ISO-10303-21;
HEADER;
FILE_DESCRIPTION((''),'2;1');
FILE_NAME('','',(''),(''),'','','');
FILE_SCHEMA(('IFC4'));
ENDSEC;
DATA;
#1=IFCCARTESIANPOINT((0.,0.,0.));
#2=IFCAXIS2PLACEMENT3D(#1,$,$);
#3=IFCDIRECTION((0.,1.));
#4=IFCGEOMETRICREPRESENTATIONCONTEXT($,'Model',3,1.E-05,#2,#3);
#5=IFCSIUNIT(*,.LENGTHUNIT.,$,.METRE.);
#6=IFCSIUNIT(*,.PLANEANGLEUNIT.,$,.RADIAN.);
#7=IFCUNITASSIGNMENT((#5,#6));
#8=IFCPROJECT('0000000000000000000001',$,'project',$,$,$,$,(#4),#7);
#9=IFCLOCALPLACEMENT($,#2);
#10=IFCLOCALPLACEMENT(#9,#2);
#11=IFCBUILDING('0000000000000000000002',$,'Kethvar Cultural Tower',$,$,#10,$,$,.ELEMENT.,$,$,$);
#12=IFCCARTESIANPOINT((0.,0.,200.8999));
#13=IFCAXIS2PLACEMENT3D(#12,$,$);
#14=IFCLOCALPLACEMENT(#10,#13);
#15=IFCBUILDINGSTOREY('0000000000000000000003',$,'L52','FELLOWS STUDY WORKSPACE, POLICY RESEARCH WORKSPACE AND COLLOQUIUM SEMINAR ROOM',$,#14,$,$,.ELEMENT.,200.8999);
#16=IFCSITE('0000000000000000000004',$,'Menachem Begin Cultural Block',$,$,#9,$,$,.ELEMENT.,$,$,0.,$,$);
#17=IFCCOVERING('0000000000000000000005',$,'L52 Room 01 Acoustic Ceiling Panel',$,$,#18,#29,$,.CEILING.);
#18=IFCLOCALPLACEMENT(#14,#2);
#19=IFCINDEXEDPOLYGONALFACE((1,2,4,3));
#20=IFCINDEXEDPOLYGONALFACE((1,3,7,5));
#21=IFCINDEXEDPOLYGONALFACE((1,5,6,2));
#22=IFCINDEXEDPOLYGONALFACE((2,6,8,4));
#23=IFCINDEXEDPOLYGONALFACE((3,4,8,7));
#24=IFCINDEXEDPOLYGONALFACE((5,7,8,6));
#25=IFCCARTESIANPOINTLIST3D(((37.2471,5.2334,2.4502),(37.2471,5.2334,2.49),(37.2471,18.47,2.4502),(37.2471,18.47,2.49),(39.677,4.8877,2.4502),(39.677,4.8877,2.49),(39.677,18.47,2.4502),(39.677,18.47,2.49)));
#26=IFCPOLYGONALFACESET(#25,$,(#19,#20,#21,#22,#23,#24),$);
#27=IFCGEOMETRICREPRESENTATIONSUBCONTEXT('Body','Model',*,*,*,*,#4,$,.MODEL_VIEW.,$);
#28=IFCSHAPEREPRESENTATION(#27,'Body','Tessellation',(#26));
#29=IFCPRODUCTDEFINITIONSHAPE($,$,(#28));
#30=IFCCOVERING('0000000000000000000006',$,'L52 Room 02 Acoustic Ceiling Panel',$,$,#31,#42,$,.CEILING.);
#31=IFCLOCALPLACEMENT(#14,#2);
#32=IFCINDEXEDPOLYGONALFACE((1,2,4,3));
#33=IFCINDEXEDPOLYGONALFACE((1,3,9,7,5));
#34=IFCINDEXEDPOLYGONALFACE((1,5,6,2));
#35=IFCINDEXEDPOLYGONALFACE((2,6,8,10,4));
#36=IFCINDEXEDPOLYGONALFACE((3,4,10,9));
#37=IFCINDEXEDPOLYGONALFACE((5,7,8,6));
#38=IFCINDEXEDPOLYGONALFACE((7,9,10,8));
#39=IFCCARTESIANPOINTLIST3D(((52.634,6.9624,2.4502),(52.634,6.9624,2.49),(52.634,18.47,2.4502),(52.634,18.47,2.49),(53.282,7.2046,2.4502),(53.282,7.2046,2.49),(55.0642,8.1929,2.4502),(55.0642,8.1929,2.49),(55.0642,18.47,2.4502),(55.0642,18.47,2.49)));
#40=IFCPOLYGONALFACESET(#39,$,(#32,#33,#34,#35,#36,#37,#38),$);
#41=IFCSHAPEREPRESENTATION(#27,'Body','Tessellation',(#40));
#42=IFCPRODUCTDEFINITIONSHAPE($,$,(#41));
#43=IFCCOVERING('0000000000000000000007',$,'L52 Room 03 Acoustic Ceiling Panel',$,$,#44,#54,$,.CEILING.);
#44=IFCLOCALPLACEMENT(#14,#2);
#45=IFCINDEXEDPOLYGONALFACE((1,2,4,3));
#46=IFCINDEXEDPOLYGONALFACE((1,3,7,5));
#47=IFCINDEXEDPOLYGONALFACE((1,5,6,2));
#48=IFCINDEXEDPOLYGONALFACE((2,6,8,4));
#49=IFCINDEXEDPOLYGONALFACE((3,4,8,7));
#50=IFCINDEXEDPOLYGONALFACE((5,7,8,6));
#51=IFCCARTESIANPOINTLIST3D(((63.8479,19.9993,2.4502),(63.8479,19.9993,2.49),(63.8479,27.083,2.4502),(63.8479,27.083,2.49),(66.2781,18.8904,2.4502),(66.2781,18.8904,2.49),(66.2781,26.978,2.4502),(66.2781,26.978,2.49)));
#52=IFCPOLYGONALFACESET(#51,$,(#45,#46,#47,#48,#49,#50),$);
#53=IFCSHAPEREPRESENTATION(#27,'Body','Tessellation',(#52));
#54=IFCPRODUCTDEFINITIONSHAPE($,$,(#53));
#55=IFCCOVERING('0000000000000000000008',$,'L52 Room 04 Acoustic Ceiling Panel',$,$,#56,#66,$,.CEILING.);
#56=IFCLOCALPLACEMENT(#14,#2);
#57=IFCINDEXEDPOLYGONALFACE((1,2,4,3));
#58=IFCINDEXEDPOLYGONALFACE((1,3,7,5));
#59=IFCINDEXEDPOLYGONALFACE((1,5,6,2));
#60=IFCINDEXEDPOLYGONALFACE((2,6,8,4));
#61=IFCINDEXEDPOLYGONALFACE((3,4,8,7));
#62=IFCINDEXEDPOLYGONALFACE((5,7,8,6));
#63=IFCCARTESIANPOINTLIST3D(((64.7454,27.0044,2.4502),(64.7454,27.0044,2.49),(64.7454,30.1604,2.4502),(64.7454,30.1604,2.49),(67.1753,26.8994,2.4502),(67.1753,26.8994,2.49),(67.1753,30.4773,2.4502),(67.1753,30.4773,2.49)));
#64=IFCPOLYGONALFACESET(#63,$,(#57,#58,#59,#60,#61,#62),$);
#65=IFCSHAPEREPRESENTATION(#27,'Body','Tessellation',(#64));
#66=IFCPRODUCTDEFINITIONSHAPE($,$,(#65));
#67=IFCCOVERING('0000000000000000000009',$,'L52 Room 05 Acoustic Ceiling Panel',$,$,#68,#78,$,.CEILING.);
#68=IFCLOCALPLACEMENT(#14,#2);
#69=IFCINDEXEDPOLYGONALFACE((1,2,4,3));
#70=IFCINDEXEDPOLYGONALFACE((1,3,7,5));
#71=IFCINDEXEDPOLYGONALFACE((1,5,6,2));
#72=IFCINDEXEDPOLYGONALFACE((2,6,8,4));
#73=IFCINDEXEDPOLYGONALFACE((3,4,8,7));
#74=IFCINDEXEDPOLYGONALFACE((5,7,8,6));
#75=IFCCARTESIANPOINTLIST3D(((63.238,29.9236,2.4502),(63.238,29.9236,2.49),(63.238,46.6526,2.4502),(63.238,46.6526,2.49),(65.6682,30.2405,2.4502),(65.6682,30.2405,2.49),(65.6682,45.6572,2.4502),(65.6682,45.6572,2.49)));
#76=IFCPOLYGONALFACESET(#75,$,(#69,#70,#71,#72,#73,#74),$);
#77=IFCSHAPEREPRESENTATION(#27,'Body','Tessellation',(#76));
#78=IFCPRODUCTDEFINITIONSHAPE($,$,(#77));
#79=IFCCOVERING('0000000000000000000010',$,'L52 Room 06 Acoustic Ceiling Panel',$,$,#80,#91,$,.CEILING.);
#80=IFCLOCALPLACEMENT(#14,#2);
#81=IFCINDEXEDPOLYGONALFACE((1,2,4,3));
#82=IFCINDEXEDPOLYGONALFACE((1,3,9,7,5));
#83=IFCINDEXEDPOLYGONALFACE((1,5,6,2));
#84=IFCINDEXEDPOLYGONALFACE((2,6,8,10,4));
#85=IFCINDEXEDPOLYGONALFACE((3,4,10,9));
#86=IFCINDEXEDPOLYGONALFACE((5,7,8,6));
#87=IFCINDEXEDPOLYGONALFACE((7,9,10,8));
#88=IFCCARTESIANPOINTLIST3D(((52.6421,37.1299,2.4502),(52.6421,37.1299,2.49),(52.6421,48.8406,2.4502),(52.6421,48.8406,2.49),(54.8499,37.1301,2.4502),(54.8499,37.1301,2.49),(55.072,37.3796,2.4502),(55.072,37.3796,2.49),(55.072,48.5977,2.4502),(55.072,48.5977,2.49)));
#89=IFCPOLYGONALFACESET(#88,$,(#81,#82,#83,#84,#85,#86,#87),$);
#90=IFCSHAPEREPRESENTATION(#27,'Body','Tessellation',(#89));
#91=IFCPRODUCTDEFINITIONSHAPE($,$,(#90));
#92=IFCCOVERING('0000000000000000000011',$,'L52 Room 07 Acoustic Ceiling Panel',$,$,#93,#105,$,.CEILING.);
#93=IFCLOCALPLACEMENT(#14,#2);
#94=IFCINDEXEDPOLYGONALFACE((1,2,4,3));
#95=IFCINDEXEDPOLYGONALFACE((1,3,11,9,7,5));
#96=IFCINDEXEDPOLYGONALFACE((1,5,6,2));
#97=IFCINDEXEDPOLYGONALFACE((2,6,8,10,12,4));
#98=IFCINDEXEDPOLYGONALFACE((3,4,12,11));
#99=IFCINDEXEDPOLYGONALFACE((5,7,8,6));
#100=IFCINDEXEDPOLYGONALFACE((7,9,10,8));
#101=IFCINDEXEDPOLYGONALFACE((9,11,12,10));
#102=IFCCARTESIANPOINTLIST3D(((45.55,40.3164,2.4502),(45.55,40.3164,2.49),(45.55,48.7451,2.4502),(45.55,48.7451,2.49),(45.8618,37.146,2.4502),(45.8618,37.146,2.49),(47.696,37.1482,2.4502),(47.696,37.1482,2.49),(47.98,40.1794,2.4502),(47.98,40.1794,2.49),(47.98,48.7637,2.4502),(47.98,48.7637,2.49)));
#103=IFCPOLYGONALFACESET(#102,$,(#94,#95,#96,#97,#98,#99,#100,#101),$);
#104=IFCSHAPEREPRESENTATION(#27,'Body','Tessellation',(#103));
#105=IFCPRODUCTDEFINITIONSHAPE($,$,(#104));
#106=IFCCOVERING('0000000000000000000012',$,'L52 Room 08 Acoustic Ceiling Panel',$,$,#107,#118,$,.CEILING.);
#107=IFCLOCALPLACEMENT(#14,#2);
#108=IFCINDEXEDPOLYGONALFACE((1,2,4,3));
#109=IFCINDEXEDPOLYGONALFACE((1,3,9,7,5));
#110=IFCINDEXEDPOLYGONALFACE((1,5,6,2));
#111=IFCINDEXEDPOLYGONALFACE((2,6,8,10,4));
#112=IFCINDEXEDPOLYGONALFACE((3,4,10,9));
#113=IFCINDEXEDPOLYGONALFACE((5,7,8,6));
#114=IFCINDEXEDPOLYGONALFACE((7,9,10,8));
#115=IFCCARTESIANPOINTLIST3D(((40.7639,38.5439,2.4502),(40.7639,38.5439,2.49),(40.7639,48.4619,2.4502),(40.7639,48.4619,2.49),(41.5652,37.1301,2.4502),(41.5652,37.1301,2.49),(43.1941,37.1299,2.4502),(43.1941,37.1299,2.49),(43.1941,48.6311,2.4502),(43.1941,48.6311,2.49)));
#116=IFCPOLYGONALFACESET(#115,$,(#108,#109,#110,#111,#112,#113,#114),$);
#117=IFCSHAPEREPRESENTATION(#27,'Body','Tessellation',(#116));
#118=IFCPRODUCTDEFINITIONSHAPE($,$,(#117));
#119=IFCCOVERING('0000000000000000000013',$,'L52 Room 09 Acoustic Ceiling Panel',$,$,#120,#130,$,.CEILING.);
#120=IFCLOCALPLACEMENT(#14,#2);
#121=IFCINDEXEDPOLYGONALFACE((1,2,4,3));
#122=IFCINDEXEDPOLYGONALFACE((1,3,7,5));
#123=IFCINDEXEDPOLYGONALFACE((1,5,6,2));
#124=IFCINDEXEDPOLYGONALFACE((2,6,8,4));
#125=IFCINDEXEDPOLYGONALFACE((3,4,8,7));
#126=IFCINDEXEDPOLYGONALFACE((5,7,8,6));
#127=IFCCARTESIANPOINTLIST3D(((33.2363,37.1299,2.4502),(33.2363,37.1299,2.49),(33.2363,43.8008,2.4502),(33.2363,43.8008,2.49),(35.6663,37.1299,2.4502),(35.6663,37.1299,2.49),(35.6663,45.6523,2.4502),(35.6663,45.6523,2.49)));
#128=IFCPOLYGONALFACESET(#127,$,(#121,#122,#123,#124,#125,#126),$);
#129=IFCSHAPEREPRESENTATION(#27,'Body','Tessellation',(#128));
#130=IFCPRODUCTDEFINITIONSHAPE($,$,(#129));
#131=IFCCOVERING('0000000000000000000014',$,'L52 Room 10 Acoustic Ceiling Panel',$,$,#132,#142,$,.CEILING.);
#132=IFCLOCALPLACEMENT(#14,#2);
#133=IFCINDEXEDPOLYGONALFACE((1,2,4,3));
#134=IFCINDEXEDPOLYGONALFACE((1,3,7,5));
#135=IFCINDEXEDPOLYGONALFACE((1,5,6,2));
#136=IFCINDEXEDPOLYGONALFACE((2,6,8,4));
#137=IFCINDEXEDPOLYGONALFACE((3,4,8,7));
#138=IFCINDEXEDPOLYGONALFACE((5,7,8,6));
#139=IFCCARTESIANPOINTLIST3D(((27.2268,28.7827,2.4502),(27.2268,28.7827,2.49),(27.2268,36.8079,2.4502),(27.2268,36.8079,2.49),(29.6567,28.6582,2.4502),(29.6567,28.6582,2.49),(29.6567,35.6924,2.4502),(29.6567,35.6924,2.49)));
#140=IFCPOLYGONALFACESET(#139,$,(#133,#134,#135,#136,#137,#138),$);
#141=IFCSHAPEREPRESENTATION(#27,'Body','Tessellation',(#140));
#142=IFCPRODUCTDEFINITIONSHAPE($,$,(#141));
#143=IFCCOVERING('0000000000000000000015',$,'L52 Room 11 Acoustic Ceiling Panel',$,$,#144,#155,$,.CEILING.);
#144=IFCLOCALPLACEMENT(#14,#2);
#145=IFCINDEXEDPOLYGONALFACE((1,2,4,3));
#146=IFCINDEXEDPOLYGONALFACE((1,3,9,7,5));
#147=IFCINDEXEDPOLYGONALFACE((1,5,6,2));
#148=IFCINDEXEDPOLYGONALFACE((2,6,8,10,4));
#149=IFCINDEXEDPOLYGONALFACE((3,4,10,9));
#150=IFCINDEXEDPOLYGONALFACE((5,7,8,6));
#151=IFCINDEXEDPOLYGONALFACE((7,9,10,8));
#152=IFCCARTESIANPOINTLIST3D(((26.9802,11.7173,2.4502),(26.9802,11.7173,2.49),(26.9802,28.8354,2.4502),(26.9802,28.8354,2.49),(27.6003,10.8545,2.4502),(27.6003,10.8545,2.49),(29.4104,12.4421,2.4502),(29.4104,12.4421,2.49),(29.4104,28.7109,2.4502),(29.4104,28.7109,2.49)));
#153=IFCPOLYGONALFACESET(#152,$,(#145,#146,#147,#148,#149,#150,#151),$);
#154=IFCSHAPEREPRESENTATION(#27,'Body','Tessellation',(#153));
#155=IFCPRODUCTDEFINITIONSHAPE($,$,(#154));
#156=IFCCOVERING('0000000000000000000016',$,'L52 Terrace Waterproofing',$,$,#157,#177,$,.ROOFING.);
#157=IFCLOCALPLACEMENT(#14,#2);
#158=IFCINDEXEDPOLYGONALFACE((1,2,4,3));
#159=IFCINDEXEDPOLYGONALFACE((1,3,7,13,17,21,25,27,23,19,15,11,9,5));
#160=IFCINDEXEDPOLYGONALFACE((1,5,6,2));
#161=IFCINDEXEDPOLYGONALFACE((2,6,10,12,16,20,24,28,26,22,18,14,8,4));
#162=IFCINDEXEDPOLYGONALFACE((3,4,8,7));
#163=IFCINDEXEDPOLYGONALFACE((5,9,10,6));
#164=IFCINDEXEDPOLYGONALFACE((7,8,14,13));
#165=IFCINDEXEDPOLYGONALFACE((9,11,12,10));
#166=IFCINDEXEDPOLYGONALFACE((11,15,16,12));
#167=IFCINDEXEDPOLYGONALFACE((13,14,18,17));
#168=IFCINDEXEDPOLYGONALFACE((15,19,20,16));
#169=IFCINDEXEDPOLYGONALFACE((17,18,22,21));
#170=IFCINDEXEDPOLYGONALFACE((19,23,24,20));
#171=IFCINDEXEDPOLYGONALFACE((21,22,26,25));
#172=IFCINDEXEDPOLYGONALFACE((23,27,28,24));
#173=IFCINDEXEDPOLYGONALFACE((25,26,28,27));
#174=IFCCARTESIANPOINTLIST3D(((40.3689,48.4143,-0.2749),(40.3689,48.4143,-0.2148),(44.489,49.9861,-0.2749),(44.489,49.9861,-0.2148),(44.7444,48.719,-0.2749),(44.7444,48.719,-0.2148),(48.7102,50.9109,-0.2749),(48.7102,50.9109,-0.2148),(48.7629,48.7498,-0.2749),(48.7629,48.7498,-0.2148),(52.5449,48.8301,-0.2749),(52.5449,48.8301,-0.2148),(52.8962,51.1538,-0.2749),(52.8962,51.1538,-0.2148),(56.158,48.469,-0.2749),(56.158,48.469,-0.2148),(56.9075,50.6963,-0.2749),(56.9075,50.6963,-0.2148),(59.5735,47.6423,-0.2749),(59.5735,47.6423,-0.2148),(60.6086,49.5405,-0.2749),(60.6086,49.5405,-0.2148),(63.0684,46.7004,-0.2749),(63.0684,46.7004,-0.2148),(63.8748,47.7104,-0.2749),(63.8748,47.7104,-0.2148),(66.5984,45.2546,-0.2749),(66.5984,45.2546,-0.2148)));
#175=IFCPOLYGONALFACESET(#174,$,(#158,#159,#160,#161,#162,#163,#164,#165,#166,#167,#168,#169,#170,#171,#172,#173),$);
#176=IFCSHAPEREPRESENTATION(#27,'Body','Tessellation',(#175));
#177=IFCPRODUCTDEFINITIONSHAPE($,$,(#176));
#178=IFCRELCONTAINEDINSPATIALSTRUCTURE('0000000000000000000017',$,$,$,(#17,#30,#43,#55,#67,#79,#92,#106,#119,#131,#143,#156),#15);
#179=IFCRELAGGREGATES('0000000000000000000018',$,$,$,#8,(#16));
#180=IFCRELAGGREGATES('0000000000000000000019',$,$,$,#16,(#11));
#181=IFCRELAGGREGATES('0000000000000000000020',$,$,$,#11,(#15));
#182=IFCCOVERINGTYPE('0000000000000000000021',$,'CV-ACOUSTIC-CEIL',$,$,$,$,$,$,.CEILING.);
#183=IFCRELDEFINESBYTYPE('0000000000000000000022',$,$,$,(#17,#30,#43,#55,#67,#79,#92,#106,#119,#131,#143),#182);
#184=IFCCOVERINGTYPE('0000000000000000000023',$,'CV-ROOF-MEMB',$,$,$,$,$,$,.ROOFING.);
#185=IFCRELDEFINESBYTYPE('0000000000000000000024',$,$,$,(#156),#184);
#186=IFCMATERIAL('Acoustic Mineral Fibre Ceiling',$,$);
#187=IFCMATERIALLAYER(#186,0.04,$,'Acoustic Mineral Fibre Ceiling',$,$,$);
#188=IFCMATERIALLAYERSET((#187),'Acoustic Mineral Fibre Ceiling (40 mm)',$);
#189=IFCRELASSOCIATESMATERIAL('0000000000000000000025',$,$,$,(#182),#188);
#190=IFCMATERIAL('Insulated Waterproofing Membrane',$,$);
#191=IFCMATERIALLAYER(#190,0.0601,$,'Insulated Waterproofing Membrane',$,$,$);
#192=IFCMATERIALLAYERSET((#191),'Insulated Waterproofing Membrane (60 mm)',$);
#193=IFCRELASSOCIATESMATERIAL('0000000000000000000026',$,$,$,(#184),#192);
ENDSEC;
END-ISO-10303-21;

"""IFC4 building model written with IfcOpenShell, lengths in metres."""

from ifc_helpers import new_model, si_unit, direction, frame, origin, place, context, subcontext, project, spatial, polyline, outline, extrude, material, layer, layer_set, type_object, element, save


model = new_model("IFC4")

# Units and contexts
model_context = context("Model", 3, precision=1e-05, world=origin(), true_north=direction((0.0, 1.0)))
body_context = subcontext(model_context, "Body", "Model", "MODEL_VIEW")
ifc_project = project(units=[si_unit("LENGTHUNIT", "METRE"), si_unit("PLANEANGLEUNIT", "RADIAN")], contexts=[model_context])

# Site, building, storey
site_placement = place(None, origin())
site = spatial("IfcSite", under=ifc_project, at=site_placement, Name="Menachem Begin Cultural Block", CompositionType="ELEMENT", RefElevation=0.0)
building_placement = place(site_placement, origin())
building = spatial("IfcBuilding", under=site, at=building_placement, Name="Kethvar Cultural Tower", CompositionType="ELEMENT")
storey_placement = place(building_placement, frame((0.0, 0.0, 200.8999)))
storey = spatial("IfcBuildingStorey", under=building, at=storey_placement, Name="L52", Description="FELLOWS STUDY WORKSPACE, POLICY RESEARCH WORKSPACE AND COLLOQUIUM SEMINAR ROOM", CompositionType="ELEMENT", Elevation=200.8999)

# Coverings
ifc_material_1 = material(Name="Acoustic Mineral Fibre Ceiling")
ifc_layer_1 = layer(ifc_material_1, 0.04, Name="Acoustic Mineral Fibre Ceiling")
ifc_layer_set_1 = layer_set([ifc_layer_1], Name="Acoustic Mineral Fibre Ceiling (40 mm)")
covering_type_1 = type_object("IfcCoveringType", Name="CV-ACOUSTIC-CEIL", PredefinedType="CEILING", material=ifc_layer_set_1)
covering_1_placement = place(storey_placement, frame((0.0, 0.0, 2.4502)))
element("IfcCovering", 1, at=covering_1_placement, inside=storey, type_object=covering_type_1, Name="L52 Room 01 Acoustic Ceiling Panel", PredefinedType="CEILING", context=body_context, shape_type="SweptSolid", body=[
    extrude(outline(polyline([(37.2471, 5.2334), (37.2471, 18.47), (39.677, 18.47), (39.677, 4.8877), (37.2471, 5.2334)])), origin(), (0.0, 0.0, 1.0), 0.0398),
])
covering_2_placement = place(storey_placement, frame((0.0, 0.0, 2.4502)))
element("IfcCovering", 2, at=covering_2_placement, inside=storey, type_object=covering_type_1, Name="L52 Room 02 Acoustic Ceiling Panel", PredefinedType="CEILING", context=body_context, shape_type="SweptSolid", body=[
    extrude(outline(polyline([(53.282, 7.2046), (52.634, 6.9624), (52.634, 18.47), (55.0642, 18.47), (55.0642, 8.1929), (53.282, 7.2046)])), origin(), (0.0, 0.0, 1.0), 0.0398),
])
covering_3_placement = place(storey_placement, frame((0.0, 0.0, 2.4502)))
element("IfcCovering", 3, at=covering_3_placement, inside=storey, type_object=covering_type_1, Name="L52 Room 03 Acoustic Ceiling Panel", PredefinedType="CEILING", context=body_context, shape_type="SweptSolid", body=[
    extrude(outline(polyline([(63.8479, 19.9993), (63.8479, 27.083), (66.2781, 26.978), (66.2781, 18.8904), (63.8479, 19.9993)])), origin(), (0.0, 0.0, 1.0), 0.0398),
])
covering_4_placement = place(storey_placement, frame((0.0, 0.0, 2.4502)))
element("IfcCovering", 4, at=covering_4_placement, inside=storey, type_object=covering_type_1, Name="L52 Room 04 Acoustic Ceiling Panel", PredefinedType="CEILING", context=body_context, shape_type="SweptSolid", body=[
    extrude(outline(polyline([(64.7454, 27.0044), (64.7454, 30.1604), (67.1753, 30.4773), (67.1753, 26.8994), (64.7454, 27.0044)])), origin(), (0.0, 0.0, 1.0), 0.0398),
])
covering_5_placement = place(storey_placement, frame((0.0, 0.0, 2.4502)))
element("IfcCovering", 5, at=covering_5_placement, inside=storey, type_object=covering_type_1, Name="L52 Room 05 Acoustic Ceiling Panel", PredefinedType="CEILING", context=body_context, shape_type="SweptSolid", body=[
    extrude(outline(polyline([(63.238, 29.9236), (63.238, 46.6526), (65.6682, 45.6572), (65.6682, 30.2405), (63.238, 29.9236)])), origin(), (0.0, 0.0, 1.0), 0.0398),
])
covering_6_placement = place(storey_placement, frame((0.0, 0.0, 2.4502)))
element("IfcCovering", 6, at=covering_6_placement, inside=storey, type_object=covering_type_1, Name="L52 Room 06 Acoustic Ceiling Panel", PredefinedType="CEILING", context=body_context, shape_type="SweptSolid", body=[
    extrude(outline(polyline([(55.072, 48.5977), (55.072, 37.3796), (54.8499, 37.1301), (52.6421, 37.1299), (52.6421, 48.8406), (55.072, 48.5977)])), origin(), (0.0, 0.0, 1.0), 0.0398),
])
covering_7_placement = place(storey_placement, frame((0.0, 0.0, 2.4502)))
element("IfcCovering", 7, at=covering_7_placement, inside=storey, type_object=covering_type_1, Name="L52 Room 07 Acoustic Ceiling Panel", PredefinedType="CEILING", context=body_context, shape_type="SweptSolid", body=[
    extrude(outline(polyline([(47.696, 37.1482), (45.8618, 37.146), (45.55, 40.3164), (45.55, 48.7451), (47.98, 48.7637), (47.98, 40.1794), (47.696, 37.1482)])), origin(), (0.0, 0.0, 1.0), 0.0398),
])
covering_8_placement = place(storey_placement, frame((0.0, 0.0, 2.4502)))
element("IfcCovering", 8, at=covering_8_placement, inside=storey, type_object=covering_type_1, Name="L52 Room 08 Acoustic Ceiling Panel", PredefinedType="CEILING", context=body_context, shape_type="SweptSolid", body=[
    extrude(outline(polyline([(43.1941, 48.6311), (43.1941, 37.1299), (41.5652, 37.1301), (40.7639, 38.5439), (40.7639, 48.4619), (43.1941, 48.6311)])), origin(), (0.0, 0.0, 1.0), 0.0398),
])
covering_9_placement = place(storey_placement, frame((0.0, 0.0, 2.4502)))
element("IfcCovering", 9, at=covering_9_placement, inside=storey, type_object=covering_type_1, Name="L52 Room 09 Acoustic Ceiling Panel", PredefinedType="CEILING", context=body_context, shape_type="SweptSolid", body=[
    extrude(outline(polyline([(35.6663, 45.6523), (35.6663, 37.1299), (33.2363, 37.1299), (33.2363, 43.8008), (35.6663, 45.6523)])), origin(), (0.0, 0.0, 1.0), 0.0398),
])
covering_10_placement = place(storey_placement, frame((0.0, 0.0, 2.4502)))
element("IfcCovering", 10, at=covering_10_placement, inside=storey, type_object=covering_type_1, Name="L52 Room 10 Acoustic Ceiling Panel", PredefinedType="CEILING", context=body_context, shape_type="SweptSolid", body=[
    extrude(outline(polyline([(29.6567, 35.6924), (29.6567, 28.6582), (27.2268, 28.7827), (27.2268, 36.8079), (29.6567, 35.6924)])), origin(), (0.0, 0.0, 1.0), 0.0398),
])
covering_11_placement = place(storey_placement, frame((0.0, 0.0, 2.4502)))
element("IfcCovering", 11, at=covering_11_placement, inside=storey, type_object=covering_type_1, Name="L52 Room 11 Acoustic Ceiling Panel", PredefinedType="CEILING", context=body_context, shape_type="SweptSolid", body=[
    extrude(outline(polyline([(29.4104, 28.7109), (29.4104, 12.4421), (27.6003, 10.8545), (26.9802, 11.7173), (26.9802, 28.8354), (29.4104, 28.7109)])), origin(), (0.0, 0.0, 1.0), 0.0398),
])
ifc_material_2 = material(Name="Insulated Waterproofing Membrane")
ifc_layer_2 = layer(ifc_material_2, 0.0601, Name="Insulated Waterproofing Membrane")
ifc_layer_set_2 = layer_set([ifc_layer_2], Name="Insulated Waterproofing Membrane (60 mm)")
covering_type_2 = type_object("IfcCoveringType", Name="CV-ROOF-MEMB", PredefinedType="ROOFING", material=ifc_layer_set_2)
covering_12_placement = place(storey_placement, frame((0.0, 0.0, -0.2749)))
element("IfcCovering", 12, at=covering_12_placement, inside=storey, type_object=covering_type_2, Name="L52 Terrace Waterproofing", PredefinedType="ROOFING", context=body_context, shape_type="SweptSolid", body=[
    extrude(outline(polyline([(66.5984, 45.2546), (63.8748, 47.7104), (60.6086, 49.5405), (56.9075, 50.6963), (52.8962, 51.1538), (48.7102, 50.9109), (44.489, 49.9861), (40.3689, 48.4143), (44.7444, 48.719), (48.7629, 48.7498), (52.5449, 48.8301), (56.158, 48.469), (59.5735, 47.6423), (63.0684, 46.7004), (66.5984, 45.2546)])), origin(), (0.0, 0.0, 1.0), 0.0601),
])

save(model, "model.ifc")
